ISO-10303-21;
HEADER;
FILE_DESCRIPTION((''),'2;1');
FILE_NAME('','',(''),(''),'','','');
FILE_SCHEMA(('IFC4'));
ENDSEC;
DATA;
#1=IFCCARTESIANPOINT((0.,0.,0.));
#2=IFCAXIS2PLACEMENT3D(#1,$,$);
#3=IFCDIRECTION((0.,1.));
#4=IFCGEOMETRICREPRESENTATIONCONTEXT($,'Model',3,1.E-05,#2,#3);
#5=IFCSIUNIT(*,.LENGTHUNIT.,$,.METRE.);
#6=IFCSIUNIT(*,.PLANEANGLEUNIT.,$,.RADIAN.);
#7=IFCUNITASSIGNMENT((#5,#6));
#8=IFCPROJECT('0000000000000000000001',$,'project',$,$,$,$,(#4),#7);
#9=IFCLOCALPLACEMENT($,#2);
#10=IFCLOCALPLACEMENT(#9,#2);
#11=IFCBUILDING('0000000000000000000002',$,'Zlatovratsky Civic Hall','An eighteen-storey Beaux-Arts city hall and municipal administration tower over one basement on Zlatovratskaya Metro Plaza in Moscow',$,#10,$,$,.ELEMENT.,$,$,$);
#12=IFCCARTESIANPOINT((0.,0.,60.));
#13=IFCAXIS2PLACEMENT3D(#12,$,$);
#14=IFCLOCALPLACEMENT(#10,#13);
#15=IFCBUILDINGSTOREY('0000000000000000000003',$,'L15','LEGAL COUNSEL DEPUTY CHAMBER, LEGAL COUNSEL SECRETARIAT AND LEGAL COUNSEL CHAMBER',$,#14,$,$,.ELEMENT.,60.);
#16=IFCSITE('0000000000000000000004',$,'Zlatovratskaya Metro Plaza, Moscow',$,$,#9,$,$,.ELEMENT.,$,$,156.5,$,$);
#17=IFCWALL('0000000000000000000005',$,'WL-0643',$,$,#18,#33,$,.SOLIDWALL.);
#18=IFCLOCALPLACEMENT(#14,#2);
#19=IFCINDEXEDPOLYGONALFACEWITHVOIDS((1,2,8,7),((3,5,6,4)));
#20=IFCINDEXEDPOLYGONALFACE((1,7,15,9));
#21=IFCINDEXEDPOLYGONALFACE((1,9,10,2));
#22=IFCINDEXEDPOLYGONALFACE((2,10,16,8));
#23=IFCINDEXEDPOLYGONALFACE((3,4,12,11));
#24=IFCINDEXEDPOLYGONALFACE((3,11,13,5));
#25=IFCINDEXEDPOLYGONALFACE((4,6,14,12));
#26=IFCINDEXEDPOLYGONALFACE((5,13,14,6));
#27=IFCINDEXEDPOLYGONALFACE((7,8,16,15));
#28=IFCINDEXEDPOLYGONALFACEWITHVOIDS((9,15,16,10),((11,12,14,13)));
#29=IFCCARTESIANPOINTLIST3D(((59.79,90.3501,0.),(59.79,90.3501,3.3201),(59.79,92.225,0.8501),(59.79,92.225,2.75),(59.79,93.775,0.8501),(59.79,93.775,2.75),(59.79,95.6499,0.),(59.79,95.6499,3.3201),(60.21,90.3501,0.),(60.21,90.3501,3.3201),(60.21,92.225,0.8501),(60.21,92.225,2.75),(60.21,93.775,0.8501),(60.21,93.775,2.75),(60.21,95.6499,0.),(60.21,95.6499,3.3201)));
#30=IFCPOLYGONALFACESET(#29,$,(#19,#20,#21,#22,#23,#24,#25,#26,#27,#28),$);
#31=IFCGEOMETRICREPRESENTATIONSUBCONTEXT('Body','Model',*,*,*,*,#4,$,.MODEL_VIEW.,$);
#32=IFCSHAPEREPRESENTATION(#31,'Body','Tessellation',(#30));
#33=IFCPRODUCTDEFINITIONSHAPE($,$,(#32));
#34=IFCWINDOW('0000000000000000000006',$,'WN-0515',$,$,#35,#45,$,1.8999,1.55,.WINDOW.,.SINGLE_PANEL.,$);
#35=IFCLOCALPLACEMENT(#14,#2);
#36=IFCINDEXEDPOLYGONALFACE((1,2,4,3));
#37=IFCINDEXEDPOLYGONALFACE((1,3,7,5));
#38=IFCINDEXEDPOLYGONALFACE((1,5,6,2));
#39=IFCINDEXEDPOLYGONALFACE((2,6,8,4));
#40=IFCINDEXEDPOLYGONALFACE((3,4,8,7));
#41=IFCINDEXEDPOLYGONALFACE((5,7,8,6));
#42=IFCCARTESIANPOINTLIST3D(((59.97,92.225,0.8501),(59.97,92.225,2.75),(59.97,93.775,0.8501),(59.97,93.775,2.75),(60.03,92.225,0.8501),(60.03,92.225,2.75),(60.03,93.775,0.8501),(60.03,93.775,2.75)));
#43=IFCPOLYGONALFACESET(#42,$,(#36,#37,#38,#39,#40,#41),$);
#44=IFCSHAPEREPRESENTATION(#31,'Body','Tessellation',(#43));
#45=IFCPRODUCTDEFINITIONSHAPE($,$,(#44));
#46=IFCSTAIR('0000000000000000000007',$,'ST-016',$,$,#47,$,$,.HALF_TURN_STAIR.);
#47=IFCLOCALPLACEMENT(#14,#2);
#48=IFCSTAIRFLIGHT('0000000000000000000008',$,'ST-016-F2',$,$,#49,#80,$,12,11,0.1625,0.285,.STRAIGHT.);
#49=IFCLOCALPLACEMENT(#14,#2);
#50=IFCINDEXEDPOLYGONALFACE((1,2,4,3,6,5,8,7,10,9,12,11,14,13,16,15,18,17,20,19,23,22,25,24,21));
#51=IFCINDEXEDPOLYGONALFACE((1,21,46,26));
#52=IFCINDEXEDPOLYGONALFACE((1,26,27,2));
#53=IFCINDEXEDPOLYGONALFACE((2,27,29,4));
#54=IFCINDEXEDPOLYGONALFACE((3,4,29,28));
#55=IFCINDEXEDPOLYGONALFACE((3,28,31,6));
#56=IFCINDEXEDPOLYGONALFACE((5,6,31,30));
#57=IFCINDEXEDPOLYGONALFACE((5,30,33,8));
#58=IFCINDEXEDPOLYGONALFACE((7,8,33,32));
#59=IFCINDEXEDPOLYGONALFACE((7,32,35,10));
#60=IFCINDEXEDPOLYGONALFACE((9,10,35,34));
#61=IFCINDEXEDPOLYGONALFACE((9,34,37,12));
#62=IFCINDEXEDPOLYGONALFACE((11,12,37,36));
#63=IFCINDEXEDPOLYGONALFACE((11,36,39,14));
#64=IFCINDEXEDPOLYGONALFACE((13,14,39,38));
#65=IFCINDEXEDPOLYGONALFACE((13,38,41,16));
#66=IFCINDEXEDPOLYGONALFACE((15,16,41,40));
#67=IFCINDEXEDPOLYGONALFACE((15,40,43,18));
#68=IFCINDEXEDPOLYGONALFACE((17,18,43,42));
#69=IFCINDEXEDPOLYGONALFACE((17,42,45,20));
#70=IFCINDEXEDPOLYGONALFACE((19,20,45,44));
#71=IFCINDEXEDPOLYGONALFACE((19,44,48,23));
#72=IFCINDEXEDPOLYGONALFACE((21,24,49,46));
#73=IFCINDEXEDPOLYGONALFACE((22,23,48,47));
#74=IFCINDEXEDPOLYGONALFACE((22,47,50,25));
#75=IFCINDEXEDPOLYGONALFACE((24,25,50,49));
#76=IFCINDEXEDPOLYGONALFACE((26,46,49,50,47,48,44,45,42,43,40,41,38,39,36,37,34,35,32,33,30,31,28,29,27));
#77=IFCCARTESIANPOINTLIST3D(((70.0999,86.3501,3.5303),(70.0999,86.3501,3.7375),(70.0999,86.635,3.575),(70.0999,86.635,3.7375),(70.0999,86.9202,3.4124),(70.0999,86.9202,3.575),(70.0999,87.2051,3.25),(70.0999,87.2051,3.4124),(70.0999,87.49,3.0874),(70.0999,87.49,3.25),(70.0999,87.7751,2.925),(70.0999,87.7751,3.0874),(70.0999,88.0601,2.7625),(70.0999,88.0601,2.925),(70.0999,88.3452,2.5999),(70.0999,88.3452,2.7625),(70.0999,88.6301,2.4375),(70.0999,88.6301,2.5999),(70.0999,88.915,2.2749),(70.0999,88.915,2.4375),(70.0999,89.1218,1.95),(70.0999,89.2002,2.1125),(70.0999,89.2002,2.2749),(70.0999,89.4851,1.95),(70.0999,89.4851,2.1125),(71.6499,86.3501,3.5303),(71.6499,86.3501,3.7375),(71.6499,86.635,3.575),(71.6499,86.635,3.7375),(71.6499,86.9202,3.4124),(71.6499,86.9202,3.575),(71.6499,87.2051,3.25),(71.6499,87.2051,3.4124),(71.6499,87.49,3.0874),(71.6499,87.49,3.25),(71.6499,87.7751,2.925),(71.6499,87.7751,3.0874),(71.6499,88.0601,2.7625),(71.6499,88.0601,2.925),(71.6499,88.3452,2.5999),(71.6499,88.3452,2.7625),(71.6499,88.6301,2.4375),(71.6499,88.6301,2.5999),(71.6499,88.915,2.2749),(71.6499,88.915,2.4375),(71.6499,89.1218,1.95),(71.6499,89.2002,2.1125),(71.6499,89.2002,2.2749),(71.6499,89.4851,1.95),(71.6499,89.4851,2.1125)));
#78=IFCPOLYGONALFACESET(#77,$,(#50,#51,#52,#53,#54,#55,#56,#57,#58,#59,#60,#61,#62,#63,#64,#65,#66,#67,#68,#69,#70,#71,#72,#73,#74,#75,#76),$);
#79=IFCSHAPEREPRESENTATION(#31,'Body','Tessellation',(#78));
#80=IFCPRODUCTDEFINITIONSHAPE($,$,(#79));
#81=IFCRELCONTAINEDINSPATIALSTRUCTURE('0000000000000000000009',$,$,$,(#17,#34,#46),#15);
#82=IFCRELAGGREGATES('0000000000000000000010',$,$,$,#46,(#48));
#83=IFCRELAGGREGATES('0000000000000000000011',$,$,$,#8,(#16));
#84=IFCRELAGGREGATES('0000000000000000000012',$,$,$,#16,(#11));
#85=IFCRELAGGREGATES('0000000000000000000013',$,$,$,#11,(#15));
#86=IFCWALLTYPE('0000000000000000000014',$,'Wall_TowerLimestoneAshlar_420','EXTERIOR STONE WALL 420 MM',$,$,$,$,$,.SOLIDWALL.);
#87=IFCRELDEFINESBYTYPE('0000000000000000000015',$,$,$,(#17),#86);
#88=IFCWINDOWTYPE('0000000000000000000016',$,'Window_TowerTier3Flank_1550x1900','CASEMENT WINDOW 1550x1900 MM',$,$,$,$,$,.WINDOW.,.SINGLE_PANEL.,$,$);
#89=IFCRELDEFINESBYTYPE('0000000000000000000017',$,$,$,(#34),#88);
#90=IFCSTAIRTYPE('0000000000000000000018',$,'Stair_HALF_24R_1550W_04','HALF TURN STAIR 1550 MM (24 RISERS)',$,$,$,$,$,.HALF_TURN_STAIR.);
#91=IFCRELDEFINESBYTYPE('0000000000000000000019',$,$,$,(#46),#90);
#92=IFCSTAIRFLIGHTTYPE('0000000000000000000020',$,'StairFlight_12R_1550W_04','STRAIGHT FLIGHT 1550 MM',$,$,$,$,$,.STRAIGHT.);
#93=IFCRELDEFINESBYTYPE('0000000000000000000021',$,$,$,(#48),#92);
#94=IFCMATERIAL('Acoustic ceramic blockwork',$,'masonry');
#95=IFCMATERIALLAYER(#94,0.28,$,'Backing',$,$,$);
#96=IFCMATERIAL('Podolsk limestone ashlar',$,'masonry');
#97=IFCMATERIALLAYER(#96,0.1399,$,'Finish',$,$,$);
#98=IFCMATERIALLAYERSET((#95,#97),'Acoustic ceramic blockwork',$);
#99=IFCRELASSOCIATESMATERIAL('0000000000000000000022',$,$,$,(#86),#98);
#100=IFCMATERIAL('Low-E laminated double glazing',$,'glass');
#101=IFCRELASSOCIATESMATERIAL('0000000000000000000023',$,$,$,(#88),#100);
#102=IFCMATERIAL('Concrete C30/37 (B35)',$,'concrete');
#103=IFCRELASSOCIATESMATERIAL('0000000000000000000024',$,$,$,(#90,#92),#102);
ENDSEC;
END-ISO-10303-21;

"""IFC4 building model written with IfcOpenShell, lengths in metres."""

from ifc_helpers import new_model, si_unit, direction, frame, frame_2d, origin, place, context, subcontext, project, spatial, polyline, rectangle, outline, extrude, material, layer, layer_set, type_object, element, fill, aggregate, save


model = new_model("IFC4")

# Units and contexts
model_context = context("Model", 3, precision=1e-05, world=origin(), true_north=direction((0.0, 1.0)))
body_context = subcontext(model_context, "Body", "Model", "MODEL_VIEW")
ifc_project = project(units=[si_unit("LENGTHUNIT", "METRE"), si_unit("PLANEANGLEUNIT", "RADIAN")], contexts=[model_context])

# Site, building, storey
site_placement = place(None, origin())
site = spatial("IfcSite", under=ifc_project, at=site_placement, Name="Zlatovratskaya Metro Plaza, Moscow", CompositionType="ELEMENT", RefElevation=156.5)
building_placement = place(site_placement, origin())
building = spatial("IfcBuilding", under=site, at=building_placement, Name="Zlatovratsky Civic Hall", Description="An eighteen-storey Beaux-Arts city hall and municipal administration tower over one basement on Zlatovratskaya Metro Plaza in Moscow", CompositionType="ELEMENT")
storey_placement = place(building_placement, frame((0.0, 0.0, 60.0)))
storey = spatial("IfcBuildingStorey", under=building, at=storey_placement, Name="L15", Description="LEGAL COUNSEL DEPUTY CHAMBER, LEGAL COUNSEL SECRETARIAT AND LEGAL COUNSEL CHAMBER", CompositionType="ELEMENT", Elevation=60.0)

# Shared definitions
ifc_material_1 = material(Name="Acoustic ceramic blockwork", Category="masonry")

# Wall, opening, window
ifc_layer_1 = layer(ifc_material_1, 0.28, Name="Backing")
ifc_material_2 = material(Name="Podolsk limestone ashlar", Category="masonry")
ifc_layer_2 = layer(ifc_material_2, 0.1399, Name="Finish")
ifc_layer_set_1 = layer_set([ifc_layer_1, ifc_layer_2], Name="Acoustic ceramic blockwork")
wall_type_1 = type_object("IfcWallType", Name="Wall_TowerLimestoneAshlar_420", Description="EXTERIOR STONE WALL 420 MM", PredefinedType="SOLIDWALL", material=ifc_layer_set_1)
wall_1_placement = place(storey_placement, frame((60.0, 90.3501, 0.0), z_axis=(0.0, 0.0, 1.0), x_axis=(0.0, 1.0, 0.0)))
wall_1 = element("IfcWall", 1, at=wall_1_placement, inside=storey, type_object=wall_type_1, Name="WL-0643", PredefinedType="SOLIDWALL", context=body_context, shape_type="SweptSolid", body=[
    extrude(rectangle(XDim=5.2998, YDim=0.4199, at=frame_2d((2.6499, 0.0))), origin(), (0.0, 0.0, 1.0), 3.3201),
])
opening_placement = place(wall_1_placement, frame((1.875, 0.0, 0.8501)))
opening = element("IfcOpeningElement", 2, at=opening_placement, cuts=wall_1, PredefinedType="OPENING", context=body_context, shape_type="SweptSolid", body=[
    extrude(rectangle(XDim=1.55, YDim=1.8999, at=frame_2d((0.7749, 0.95))), frame((0.0, 0.2249, 0.0), z_axis=(0.0, -1.0, 0.0), x_axis=(1.0, 0.0, 0.0)), (0.0, 0.0, 1.0), 0.4497),
])
ifc_material_3 = material(Name="Low-E laminated double glazing", Category="glass")
window_type = type_object("IfcWindowType", Name="Window_TowerTier3Flank_1550x1900", Description="CASEMENT WINDOW 1550x1900 MM", PartitioningType="SINGLE_PANEL", PredefinedType="WINDOW", material=ifc_material_3)
window_placement = place(opening_placement, origin())
window = element("IfcWindow", 3, at=window_placement, inside=storey, type_object=window_type, Name="WN-0515", OverallHeight=1.8999, OverallWidth=1.55, PartitioningType="SINGLE_PANEL", PredefinedType="WINDOW", context=body_context, shape_type="SweptSolid", body=[
    extrude(rectangle(XDim=1.55, YDim=1.8999, at=frame_2d((0.7749, 0.95))), frame((0.0, 0.03, 0.0), z_axis=(0.0, -1.0, 0.0), x_axis=(1.0, 0.0, 0.0)), (0.0, 0.0, 1.0), 0.0601),
])
fill(opening, window)

# Stair, stair flight
ifc_material_4 = material(Name="Concrete C30/37 (B35)", Category="concrete")
stair_type = type_object("IfcStairType", Name="Stair_HALF_24R_1550W_04", Description="HALF TURN STAIR 1550 MM (24 RISERS)", PredefinedType="HALF_TURN_STAIR", material=ifc_material_4)
stair_placement = place(storey_placement, origin())
stair = element("IfcStair", 4, at=stair_placement, inside=storey, type_object=stair_type, Name="ST-016", PredefinedType="HALF_TURN_STAIR")
stair_flight_type = type_object("IfcStairFlightType", Name="StairFlight_12R_1550W_04", Description="STRAIGHT FLIGHT 1550 MM", PredefinedType="STRAIGHT", material=ifc_material_4)
stair_flight_placement = place(storey_placement, frame((70.875, 89.4851, 1.95), z_axis=(0.0, 0.0, 1.0), x_axis=(0.0, -1.0, 0.0)))
stair_flight = element("IfcStairFlight", 5, at=stair_flight_placement, type_object=stair_flight_type, Name="ST-016-F2", NumberOfRisers=12, NumberOfTreads=11, PredefinedType="STRAIGHT", RiserHeight=0.1625, TreadLength=0.285, context=body_context, shape_type="SweptSolid", body=[
    extrude(outline(polyline([(0.0, 0.0), (0.0, 0.1626), (0.2849, 0.1626), (0.2849, 0.325), (0.5701, 0.325), (0.5701, 0.4875), (0.855, 0.4875), (0.855, 0.6499), (1.1399, 0.6499), (1.1399, 0.8125), (1.425, 0.8125), (1.425, 0.9751), (1.71, 0.9751), (1.71, 1.1375), (1.9951, 1.1375), (1.9951, 1.3), (2.28, 1.3), (2.28, 1.4624), (2.5649, 1.4624), (2.5649, 1.625), (2.8501, 1.625), (2.8501, 1.7876), (3.135, 1.7876), (3.135, 1.95), (3.135, 1.5803), (0.3633, 0.0), (0.0, 0.0)])), frame((0.0, 0.7749, 0.0), z_axis=(0.0, -1.0, 0.0), x_axis=(1.0, 0.0, 0.0)), (0.0, 0.0, 1.0), 1.55),
])
aggregate(stair, [stair_flight])

save(model, "model.ifc")
